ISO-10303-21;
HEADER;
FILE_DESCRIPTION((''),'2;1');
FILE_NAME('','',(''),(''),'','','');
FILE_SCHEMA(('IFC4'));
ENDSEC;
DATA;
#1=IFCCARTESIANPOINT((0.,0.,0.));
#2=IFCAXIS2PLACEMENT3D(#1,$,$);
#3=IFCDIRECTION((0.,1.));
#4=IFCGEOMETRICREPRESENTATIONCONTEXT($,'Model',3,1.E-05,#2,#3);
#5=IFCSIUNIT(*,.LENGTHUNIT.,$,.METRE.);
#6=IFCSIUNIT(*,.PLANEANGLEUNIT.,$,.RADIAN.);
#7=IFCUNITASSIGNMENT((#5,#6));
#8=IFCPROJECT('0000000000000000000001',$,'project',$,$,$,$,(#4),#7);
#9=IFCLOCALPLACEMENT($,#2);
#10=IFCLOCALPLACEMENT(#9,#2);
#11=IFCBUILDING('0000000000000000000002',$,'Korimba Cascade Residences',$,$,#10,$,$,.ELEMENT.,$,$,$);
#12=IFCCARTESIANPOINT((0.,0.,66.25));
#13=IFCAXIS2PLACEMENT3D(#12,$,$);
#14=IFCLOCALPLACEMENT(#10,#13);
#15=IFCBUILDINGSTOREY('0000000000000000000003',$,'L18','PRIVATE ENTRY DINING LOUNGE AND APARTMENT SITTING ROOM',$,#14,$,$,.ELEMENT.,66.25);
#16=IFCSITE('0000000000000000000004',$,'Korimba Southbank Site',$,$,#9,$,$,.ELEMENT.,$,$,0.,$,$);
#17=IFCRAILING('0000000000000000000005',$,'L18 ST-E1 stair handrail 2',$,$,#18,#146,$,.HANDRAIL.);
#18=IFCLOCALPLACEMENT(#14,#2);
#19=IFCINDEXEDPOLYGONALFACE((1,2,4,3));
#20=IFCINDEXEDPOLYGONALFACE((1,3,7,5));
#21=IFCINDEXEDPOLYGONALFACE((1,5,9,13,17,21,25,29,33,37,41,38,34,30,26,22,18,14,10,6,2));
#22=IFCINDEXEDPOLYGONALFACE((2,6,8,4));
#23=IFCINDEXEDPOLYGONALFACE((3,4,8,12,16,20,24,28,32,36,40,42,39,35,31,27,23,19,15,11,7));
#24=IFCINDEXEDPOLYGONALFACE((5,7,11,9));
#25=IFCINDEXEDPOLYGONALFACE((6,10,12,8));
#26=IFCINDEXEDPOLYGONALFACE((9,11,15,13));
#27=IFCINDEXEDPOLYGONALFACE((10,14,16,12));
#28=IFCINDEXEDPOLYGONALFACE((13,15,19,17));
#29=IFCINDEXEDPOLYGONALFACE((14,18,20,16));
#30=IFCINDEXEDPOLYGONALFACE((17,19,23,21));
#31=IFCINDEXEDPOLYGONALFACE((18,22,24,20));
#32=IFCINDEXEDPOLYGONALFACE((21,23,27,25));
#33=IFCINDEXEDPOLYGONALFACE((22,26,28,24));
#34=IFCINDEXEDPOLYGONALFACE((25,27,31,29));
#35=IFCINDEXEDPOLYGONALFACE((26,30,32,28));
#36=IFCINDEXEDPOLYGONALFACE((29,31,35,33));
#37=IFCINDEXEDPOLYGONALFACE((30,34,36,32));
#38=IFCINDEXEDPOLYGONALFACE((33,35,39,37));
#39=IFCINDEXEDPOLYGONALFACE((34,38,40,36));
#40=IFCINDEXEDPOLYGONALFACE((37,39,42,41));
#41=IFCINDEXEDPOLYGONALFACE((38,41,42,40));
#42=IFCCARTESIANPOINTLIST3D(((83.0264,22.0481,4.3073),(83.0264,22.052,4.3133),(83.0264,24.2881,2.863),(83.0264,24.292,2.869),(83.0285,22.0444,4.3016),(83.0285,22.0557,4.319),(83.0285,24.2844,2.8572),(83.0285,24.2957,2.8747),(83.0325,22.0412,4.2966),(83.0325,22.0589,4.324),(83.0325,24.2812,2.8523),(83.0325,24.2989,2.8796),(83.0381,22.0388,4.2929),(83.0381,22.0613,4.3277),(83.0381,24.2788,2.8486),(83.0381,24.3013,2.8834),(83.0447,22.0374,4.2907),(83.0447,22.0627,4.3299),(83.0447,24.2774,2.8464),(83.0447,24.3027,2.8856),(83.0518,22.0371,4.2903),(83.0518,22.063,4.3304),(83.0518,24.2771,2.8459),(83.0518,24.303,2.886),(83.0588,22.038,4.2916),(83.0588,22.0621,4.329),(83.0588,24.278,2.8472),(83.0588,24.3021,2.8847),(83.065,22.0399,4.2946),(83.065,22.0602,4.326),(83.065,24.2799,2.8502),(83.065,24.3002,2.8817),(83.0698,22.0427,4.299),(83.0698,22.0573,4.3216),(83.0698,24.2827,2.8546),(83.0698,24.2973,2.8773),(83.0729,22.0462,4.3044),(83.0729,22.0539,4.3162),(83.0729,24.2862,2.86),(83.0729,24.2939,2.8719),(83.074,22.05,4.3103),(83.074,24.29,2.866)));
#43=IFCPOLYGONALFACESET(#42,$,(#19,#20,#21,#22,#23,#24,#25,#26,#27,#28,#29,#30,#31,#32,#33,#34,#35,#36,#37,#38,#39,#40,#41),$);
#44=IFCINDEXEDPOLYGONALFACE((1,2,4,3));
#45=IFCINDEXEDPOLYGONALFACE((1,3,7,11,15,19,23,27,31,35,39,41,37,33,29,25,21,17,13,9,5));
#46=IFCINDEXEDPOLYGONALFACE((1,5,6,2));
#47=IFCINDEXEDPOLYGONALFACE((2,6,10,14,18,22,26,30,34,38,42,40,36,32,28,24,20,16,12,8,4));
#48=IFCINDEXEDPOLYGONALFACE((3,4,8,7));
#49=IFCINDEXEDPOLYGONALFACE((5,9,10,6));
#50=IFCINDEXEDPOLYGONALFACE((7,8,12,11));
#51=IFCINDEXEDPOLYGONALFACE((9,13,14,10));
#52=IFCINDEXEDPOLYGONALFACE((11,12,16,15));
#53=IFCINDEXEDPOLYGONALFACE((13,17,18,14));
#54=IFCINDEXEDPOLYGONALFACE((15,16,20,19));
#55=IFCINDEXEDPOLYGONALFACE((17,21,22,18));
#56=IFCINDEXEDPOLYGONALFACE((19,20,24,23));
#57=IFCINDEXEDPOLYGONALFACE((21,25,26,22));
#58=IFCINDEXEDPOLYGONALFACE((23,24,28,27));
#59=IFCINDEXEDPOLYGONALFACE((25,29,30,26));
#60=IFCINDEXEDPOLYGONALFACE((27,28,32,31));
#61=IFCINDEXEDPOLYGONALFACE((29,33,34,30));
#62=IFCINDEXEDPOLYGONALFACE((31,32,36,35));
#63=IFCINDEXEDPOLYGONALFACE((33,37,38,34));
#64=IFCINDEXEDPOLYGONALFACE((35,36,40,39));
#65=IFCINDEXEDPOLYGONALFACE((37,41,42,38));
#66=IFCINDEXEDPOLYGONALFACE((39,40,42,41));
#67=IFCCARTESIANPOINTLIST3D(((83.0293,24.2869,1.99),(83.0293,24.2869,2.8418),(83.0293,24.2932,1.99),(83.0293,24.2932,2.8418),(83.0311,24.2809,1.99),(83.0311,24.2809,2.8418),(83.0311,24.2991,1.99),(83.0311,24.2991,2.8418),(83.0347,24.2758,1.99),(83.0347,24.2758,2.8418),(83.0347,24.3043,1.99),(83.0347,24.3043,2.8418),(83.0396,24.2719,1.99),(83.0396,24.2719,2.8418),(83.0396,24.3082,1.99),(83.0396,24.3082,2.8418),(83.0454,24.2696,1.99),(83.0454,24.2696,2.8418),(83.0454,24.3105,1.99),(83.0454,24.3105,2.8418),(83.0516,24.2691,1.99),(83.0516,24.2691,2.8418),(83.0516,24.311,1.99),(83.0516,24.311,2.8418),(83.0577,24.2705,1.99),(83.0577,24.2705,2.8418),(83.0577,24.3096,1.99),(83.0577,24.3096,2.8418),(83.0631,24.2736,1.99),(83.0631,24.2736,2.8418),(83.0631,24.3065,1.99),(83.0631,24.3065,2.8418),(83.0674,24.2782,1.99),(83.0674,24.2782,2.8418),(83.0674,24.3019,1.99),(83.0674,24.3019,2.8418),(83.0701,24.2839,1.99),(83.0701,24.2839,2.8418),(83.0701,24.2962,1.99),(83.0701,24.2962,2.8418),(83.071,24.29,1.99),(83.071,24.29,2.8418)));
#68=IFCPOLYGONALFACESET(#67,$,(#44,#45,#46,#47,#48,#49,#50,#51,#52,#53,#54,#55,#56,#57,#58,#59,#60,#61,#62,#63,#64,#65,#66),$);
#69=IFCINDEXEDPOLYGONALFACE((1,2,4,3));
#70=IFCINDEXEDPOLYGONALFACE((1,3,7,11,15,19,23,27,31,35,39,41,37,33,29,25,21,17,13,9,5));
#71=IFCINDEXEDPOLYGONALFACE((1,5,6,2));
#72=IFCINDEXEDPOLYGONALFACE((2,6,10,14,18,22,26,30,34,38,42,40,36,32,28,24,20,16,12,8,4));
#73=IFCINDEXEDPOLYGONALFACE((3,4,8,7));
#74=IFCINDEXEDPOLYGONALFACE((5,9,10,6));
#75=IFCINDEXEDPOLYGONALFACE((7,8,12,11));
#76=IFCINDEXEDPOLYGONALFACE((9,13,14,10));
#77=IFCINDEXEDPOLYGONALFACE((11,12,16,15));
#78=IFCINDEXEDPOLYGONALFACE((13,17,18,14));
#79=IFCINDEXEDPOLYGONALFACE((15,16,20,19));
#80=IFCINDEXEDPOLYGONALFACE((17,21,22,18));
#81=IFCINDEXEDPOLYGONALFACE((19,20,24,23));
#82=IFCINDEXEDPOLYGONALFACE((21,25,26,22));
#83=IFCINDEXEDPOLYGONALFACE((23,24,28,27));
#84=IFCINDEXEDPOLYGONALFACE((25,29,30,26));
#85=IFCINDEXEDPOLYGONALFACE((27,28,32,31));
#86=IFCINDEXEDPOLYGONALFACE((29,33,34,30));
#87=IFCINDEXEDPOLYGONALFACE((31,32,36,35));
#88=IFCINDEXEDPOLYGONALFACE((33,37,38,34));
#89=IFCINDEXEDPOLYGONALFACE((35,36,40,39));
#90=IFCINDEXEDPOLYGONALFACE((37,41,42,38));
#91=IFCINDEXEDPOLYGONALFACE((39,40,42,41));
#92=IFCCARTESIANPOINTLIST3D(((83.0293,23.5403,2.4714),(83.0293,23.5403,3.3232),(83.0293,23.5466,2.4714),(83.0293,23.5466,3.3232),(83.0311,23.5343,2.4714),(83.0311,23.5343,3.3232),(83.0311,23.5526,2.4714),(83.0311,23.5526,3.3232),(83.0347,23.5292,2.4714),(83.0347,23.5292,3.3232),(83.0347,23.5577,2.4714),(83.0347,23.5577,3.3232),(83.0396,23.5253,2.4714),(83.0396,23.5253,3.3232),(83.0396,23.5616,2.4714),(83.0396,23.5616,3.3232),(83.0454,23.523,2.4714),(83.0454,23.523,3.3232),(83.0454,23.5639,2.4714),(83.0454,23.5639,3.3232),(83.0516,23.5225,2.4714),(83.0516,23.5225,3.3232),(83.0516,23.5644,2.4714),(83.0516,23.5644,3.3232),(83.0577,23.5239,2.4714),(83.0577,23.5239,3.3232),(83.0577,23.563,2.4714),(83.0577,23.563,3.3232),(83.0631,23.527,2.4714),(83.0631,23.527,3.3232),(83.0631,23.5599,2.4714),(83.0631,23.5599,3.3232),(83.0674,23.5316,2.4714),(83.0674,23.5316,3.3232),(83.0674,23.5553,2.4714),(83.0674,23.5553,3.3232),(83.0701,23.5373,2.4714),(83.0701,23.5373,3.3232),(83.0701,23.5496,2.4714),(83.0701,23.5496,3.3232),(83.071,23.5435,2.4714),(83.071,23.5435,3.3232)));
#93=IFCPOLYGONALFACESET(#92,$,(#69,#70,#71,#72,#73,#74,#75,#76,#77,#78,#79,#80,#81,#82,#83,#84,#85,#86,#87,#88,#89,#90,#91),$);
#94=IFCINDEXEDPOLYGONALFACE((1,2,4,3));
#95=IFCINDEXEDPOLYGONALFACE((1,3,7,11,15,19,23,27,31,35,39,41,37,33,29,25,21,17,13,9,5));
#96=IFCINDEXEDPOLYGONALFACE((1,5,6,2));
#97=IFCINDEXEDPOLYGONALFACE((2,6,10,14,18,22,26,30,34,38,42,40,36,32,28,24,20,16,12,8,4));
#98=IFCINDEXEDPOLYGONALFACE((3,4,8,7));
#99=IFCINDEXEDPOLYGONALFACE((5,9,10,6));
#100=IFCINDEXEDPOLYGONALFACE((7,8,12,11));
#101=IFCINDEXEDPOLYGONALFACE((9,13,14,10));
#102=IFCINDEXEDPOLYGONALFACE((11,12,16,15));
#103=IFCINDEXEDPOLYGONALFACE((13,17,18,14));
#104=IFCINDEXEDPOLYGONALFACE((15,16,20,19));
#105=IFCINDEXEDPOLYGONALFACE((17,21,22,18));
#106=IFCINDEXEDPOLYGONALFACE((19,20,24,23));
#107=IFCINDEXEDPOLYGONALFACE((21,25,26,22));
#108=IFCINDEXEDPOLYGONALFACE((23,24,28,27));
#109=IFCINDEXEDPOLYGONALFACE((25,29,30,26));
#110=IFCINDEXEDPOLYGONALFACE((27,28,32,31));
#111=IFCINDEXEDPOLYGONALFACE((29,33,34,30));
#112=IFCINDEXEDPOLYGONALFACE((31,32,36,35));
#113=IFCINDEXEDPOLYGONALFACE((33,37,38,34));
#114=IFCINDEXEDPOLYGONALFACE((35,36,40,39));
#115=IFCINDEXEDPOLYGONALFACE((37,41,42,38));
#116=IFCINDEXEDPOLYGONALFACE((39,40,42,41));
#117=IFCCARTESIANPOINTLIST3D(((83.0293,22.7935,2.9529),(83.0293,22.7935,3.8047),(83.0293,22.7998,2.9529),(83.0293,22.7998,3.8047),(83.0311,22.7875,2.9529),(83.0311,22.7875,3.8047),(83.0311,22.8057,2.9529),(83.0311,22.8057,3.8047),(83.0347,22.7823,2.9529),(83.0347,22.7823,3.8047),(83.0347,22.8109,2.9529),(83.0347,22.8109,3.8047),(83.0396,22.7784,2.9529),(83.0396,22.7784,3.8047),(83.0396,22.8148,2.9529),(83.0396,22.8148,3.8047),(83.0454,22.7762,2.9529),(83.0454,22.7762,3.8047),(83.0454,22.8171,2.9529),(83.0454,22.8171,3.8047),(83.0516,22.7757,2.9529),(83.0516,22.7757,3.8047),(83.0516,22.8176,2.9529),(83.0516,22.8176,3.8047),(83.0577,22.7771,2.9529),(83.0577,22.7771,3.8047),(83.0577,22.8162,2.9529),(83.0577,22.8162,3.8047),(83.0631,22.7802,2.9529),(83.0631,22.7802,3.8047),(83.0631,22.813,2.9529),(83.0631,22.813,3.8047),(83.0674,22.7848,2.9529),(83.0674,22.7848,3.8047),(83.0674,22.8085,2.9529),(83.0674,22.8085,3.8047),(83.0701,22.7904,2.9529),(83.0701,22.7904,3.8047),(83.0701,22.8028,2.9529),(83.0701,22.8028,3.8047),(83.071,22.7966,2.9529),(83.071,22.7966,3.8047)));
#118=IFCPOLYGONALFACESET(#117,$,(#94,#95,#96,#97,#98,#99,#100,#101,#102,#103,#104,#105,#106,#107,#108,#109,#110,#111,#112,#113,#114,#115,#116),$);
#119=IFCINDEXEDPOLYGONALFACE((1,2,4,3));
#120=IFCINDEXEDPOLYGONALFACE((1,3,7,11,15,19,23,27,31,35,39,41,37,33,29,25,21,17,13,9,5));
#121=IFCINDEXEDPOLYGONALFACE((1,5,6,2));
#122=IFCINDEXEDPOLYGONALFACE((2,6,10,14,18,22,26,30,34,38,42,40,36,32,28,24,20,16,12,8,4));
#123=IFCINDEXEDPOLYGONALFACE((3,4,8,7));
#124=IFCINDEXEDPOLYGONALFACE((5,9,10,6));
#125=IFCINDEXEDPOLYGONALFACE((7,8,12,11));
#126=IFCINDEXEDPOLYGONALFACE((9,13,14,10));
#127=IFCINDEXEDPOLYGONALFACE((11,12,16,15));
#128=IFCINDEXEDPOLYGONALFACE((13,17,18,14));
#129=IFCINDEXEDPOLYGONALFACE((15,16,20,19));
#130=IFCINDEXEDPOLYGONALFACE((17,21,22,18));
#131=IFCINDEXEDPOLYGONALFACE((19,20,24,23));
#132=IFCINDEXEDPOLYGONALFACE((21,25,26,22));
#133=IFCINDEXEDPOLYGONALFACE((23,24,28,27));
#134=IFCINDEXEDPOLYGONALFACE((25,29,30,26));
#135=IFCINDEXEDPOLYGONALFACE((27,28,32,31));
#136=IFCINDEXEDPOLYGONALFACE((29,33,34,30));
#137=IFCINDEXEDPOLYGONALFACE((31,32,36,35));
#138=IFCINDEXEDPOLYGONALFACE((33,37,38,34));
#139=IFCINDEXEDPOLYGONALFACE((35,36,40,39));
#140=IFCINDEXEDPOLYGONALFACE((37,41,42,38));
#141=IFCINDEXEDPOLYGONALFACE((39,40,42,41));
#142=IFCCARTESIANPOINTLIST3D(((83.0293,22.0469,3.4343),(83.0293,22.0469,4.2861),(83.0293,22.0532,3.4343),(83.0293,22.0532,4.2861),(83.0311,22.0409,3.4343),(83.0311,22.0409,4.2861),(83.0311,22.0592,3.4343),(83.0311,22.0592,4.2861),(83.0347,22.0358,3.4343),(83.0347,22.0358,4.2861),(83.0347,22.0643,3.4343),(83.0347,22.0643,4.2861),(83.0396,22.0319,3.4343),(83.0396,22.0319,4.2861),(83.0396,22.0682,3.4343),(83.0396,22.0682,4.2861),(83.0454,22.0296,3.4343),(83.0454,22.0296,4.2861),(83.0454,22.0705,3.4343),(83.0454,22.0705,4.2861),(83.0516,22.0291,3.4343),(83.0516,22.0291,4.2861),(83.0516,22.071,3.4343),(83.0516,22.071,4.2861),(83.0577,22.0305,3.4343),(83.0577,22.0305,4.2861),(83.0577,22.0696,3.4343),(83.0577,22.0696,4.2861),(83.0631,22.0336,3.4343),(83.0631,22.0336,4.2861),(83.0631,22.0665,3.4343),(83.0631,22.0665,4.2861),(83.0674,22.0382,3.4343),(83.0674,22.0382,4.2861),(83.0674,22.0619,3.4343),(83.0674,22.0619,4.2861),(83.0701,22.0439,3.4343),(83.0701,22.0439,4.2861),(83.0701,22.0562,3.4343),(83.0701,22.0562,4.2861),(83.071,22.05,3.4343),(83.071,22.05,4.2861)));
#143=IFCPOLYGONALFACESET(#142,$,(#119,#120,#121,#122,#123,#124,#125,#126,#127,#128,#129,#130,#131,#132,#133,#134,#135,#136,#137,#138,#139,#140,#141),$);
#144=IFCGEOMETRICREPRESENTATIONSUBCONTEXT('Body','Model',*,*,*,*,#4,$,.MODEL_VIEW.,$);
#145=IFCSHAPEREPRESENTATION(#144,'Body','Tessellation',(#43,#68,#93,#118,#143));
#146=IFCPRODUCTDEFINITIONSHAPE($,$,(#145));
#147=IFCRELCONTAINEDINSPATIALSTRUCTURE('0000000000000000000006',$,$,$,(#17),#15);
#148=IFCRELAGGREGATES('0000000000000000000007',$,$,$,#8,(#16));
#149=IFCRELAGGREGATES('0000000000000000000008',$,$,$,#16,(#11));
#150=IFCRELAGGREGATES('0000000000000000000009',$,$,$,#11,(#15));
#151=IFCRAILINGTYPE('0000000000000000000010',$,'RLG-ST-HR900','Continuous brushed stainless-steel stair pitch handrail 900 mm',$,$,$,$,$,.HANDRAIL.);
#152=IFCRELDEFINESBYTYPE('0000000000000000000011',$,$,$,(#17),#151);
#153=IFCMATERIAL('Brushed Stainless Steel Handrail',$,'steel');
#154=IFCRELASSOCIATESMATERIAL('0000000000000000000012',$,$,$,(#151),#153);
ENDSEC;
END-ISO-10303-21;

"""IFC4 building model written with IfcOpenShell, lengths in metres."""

from ifc_helpers import new_model, si_unit, direction, frame, origin, origin_2d, place, context, subcontext, project, spatial, circle, extrude, material, type_object, element, save


model = new_model("IFC4")

# Units and contexts
model_context = context("Model", 3, precision=1e-05, world=origin(), true_north=direction((0.0, 1.0)))
body_context = subcontext(model_context, "Body", "Model", "MODEL_VIEW")
ifc_project = project(units=[si_unit("LENGTHUNIT", "METRE"), si_unit("PLANEANGLEUNIT", "RADIAN")], contexts=[model_context])

# Site, building, storey
site_placement = place(None, origin())
site = spatial("IfcSite", under=ifc_project, at=site_placement, Name="Korimba Southbank Site", CompositionType="ELEMENT", RefElevation=0.0)
building_placement = place(site_placement, origin())
building = spatial("IfcBuilding", under=site, at=building_placement, Name="Korimba Cascade Residences", CompositionType="ELEMENT")
storey_placement = place(building_placement, frame((0.0, 0.0, 66.25)))
storey = spatial("IfcBuildingStorey", under=building, at=storey_placement, Name="L18", Description="PRIVATE ENTRY DINING LOUNGE AND APARTMENT SITTING ROOM", CompositionType="ELEMENT", Elevation=66.25)

# Railing
ifc_material_1 = material(Name="Brushed Stainless Steel Handrail", Category="steel")
railing_type_1 = type_object("IfcRailingType", Name="RLG-ST-HR900", Description="Continuous brushed stainless-steel stair pitch handrail 900 mm", PredefinedType="HANDRAIL", material=ifc_material_1)
railing_1_placement = place(storey_placement, frame((83.05, 24.29, 1.99)))
element("IfcRailing", 1, at=railing_1_placement, inside=storey, type_object=railing_type_1, Name="L18 ST-E1 stair handrail 2", PredefinedType="HANDRAIL", context=body_context, shape_type="SweptSolid", body=[
    extrude(circle(Radius=0.0239, at=origin_2d()), frame((0.0, 0.0, 0.876), z_axis=(0.0, -0.840437, 0.54191), x_axis=(1.0, 0.0, 0.0)), (0.0, 0.0, 1.0), 2.6653),
    extrude(circle(Radius=0.021, at=origin_2d()), origin(), (0.0, 0.0, 1.0), 0.8518),
    extrude(circle(Radius=0.021, at=origin_2d()), frame((0.0, -0.7466, 0.4814)), (0.0, 0.0, 1.0), 0.8518),
    extrude(circle(Radius=0.021, at=origin_2d()), frame((0.0, -1.4934, 0.9629)), (0.0, 0.0, 1.0), 0.8518),
    extrude(circle(Radius=0.021, at=origin_2d()), frame((0.0, -2.24, 1.4443)), (0.0, 0.0, 1.0), 0.8518),
])

save(model, "model.ifc")
